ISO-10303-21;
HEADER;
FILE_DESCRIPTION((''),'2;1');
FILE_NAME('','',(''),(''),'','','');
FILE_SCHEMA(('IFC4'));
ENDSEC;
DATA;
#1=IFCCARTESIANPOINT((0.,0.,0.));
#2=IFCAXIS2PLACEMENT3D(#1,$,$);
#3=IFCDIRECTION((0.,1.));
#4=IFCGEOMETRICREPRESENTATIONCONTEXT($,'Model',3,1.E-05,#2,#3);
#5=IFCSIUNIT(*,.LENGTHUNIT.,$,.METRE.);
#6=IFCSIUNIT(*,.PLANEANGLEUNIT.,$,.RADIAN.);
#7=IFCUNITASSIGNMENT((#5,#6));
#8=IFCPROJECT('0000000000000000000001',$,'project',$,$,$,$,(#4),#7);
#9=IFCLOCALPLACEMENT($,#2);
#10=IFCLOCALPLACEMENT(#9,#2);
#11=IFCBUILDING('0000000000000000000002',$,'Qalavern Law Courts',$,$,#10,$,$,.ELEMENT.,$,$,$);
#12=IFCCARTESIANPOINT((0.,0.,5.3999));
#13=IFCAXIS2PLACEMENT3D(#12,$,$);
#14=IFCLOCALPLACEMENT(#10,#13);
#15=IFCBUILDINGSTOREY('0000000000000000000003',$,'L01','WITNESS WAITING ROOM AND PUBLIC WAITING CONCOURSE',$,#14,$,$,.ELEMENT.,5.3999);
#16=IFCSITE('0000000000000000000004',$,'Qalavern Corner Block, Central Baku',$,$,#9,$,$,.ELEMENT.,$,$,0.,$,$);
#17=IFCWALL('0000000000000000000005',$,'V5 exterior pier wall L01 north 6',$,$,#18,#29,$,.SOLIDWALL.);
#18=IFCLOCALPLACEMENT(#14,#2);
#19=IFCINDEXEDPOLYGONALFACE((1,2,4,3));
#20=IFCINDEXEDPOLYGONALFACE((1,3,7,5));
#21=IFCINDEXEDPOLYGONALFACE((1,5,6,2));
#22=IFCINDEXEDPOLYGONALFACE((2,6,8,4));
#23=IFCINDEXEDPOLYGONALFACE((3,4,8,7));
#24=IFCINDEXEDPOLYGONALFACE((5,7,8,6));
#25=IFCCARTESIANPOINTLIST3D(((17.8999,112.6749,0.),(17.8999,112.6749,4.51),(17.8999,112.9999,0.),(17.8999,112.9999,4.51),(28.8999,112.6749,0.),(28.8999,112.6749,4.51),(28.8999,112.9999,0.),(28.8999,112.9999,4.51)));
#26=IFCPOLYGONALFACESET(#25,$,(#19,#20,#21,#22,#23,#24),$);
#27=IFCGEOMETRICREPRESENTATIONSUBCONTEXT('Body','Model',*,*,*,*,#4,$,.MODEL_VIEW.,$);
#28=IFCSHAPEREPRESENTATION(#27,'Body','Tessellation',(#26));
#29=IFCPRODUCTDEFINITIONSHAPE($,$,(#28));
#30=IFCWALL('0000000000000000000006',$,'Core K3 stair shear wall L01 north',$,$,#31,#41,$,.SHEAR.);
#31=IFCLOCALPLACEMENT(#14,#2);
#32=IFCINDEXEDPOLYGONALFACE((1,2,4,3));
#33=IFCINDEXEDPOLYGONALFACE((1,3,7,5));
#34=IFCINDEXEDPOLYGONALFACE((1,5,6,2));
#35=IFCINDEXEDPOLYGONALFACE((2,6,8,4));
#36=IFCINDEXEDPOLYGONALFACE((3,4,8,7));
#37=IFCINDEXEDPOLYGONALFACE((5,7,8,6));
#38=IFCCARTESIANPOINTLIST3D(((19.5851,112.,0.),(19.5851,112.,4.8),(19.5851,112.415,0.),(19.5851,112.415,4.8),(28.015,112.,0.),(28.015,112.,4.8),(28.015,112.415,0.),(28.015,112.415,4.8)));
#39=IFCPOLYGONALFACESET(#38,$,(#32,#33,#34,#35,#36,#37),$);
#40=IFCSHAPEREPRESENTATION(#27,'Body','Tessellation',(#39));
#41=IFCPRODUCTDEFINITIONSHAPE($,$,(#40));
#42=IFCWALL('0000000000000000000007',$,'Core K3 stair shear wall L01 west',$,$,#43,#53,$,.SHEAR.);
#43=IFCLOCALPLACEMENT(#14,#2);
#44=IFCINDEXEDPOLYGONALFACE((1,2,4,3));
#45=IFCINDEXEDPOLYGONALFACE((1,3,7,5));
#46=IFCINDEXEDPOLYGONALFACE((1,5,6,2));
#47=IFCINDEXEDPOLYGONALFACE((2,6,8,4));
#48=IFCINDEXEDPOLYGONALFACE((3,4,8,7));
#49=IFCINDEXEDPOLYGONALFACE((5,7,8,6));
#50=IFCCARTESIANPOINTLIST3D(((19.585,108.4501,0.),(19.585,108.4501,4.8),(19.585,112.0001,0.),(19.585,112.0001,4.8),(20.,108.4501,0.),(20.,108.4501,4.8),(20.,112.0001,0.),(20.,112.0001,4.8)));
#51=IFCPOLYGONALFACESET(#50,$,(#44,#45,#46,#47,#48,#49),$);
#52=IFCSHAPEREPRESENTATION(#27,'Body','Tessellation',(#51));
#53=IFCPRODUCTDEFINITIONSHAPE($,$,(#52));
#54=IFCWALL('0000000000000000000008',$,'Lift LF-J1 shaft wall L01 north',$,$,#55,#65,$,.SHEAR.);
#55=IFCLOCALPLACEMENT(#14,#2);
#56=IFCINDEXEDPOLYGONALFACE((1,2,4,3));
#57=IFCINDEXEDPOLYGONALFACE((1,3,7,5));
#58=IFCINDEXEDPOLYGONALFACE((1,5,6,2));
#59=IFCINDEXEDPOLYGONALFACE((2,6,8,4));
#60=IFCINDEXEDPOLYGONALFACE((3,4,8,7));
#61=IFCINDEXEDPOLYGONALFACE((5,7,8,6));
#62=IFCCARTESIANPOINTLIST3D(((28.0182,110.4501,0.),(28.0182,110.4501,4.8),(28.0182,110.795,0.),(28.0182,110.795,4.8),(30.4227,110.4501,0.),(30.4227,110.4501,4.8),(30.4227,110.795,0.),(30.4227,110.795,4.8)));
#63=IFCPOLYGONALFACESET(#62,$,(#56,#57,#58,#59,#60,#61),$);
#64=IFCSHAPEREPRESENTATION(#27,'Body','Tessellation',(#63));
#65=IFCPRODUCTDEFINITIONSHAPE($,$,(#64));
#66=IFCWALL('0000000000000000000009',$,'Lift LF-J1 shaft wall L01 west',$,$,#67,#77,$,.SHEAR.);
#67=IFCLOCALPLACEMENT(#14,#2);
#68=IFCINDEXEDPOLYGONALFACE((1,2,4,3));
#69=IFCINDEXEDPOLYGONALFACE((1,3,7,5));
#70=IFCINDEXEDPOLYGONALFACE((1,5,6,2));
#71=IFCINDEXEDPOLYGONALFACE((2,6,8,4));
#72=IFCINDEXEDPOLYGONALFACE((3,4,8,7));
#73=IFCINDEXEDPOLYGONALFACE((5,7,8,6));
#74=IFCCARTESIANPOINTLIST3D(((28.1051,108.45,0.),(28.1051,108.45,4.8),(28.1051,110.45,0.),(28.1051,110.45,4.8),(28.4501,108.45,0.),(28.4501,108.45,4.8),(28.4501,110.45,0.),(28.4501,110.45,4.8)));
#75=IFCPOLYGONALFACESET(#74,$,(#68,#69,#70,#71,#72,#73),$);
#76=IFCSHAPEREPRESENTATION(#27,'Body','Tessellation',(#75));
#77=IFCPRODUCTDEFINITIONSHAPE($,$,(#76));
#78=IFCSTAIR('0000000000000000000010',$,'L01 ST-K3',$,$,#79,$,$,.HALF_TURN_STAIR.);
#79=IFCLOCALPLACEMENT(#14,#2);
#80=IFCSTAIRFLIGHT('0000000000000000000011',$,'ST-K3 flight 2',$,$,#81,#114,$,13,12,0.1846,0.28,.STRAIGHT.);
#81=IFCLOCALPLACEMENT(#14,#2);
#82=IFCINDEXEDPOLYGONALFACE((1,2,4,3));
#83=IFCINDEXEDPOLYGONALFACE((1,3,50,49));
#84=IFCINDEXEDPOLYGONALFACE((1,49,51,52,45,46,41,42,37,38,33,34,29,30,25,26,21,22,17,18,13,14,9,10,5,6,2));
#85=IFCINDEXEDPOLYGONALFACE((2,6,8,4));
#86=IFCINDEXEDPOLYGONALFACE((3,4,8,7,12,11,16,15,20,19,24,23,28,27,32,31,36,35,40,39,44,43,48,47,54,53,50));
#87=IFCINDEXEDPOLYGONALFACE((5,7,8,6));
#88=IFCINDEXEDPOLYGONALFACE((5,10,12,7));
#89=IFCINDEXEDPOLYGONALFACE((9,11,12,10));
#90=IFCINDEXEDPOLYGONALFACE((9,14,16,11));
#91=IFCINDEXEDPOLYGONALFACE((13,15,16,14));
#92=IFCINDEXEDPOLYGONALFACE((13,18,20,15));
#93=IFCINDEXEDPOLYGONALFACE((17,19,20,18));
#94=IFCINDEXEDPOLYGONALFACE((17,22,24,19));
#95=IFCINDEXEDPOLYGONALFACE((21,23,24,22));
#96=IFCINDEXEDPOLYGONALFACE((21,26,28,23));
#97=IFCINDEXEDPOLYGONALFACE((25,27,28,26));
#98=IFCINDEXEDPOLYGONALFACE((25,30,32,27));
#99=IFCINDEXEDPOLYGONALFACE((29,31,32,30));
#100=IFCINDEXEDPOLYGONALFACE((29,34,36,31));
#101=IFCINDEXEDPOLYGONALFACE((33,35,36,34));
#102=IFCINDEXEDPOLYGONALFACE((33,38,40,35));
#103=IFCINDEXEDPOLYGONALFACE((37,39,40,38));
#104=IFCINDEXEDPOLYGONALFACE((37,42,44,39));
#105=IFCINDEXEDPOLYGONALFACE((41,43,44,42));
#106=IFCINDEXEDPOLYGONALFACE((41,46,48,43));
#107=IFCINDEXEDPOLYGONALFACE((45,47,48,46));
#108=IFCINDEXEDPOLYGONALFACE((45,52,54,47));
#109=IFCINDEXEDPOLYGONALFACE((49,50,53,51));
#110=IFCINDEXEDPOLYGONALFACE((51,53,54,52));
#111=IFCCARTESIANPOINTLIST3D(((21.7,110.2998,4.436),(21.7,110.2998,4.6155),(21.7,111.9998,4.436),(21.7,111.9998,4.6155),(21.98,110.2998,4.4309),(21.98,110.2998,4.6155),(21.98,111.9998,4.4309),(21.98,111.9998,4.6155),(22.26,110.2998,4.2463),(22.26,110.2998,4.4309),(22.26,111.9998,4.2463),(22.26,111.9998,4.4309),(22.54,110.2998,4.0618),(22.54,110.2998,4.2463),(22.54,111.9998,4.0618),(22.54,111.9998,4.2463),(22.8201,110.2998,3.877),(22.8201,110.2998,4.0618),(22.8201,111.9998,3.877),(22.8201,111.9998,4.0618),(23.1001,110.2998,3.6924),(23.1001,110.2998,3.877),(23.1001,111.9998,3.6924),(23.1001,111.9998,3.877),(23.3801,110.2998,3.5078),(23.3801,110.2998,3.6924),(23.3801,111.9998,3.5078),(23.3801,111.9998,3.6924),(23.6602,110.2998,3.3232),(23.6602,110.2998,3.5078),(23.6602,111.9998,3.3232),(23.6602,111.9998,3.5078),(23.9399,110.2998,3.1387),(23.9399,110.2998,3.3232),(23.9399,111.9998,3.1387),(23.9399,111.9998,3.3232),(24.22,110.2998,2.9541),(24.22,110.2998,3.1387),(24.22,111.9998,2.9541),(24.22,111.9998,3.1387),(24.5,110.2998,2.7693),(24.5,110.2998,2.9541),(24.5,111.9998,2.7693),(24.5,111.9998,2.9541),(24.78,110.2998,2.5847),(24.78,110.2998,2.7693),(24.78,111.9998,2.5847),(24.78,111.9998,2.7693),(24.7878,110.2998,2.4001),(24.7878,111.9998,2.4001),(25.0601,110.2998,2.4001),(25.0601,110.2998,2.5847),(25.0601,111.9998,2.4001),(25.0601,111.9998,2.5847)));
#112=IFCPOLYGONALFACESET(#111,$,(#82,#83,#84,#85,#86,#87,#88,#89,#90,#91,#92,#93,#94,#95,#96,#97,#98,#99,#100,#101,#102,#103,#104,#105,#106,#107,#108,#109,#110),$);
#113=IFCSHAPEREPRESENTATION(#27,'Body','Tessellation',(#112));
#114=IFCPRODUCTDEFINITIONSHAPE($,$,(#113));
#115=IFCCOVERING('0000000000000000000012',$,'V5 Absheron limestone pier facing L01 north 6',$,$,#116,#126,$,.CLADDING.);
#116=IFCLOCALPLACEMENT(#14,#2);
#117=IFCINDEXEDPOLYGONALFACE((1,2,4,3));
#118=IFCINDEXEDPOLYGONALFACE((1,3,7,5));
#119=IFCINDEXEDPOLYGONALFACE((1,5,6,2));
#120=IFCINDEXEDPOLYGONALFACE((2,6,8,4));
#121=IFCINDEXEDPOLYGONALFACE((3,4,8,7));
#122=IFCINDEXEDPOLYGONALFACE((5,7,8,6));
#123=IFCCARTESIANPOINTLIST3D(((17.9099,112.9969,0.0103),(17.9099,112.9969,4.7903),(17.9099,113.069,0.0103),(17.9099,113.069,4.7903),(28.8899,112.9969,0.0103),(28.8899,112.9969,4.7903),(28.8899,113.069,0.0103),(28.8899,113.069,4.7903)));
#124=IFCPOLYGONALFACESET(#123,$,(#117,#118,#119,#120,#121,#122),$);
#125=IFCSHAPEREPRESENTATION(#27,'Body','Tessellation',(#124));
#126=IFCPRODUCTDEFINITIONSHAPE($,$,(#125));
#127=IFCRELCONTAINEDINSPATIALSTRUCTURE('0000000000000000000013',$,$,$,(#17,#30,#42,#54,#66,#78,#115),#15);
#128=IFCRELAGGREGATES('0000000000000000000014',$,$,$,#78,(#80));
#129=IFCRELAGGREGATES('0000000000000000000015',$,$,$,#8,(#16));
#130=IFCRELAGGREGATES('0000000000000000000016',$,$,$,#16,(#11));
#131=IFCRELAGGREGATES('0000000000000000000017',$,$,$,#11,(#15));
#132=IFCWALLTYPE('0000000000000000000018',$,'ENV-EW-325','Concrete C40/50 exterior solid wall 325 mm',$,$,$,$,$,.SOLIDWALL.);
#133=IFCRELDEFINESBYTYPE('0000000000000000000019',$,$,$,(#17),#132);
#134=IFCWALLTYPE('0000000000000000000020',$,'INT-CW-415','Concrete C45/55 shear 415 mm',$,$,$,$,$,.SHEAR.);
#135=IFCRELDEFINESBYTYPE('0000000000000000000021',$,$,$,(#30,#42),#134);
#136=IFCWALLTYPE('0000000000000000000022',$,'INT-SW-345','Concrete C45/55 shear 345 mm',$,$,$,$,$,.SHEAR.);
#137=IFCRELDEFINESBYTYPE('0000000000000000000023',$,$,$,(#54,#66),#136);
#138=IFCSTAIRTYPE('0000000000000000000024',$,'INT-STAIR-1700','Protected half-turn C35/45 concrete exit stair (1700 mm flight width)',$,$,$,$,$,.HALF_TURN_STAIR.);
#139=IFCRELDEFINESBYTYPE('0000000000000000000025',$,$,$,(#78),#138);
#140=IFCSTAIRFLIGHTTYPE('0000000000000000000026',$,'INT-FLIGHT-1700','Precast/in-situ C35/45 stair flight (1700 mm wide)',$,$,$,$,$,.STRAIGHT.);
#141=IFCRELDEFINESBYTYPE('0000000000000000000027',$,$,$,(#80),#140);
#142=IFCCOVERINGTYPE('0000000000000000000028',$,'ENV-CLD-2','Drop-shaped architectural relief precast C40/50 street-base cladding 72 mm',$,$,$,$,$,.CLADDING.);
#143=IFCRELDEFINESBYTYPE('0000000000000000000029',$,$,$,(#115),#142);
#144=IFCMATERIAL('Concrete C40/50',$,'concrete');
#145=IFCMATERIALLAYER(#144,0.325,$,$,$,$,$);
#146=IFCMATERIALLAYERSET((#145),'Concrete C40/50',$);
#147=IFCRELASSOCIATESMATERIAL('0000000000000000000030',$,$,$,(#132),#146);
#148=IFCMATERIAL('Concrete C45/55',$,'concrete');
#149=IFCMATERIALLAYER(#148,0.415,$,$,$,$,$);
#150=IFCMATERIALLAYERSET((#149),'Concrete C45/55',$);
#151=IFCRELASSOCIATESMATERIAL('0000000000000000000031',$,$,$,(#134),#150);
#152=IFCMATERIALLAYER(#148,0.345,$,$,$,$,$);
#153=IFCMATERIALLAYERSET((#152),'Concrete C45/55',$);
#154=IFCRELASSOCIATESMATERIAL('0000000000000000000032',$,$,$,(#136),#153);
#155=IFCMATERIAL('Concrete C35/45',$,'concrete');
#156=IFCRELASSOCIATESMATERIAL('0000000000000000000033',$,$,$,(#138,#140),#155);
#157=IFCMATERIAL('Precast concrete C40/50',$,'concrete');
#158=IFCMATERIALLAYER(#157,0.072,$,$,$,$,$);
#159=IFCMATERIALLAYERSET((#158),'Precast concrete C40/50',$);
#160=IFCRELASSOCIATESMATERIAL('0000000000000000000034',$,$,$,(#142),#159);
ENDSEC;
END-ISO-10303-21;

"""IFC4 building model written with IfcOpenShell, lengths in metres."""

from ifc_helpers import new_model, si_unit, direction, frame, frame_2d, origin, origin_2d, place, context, subcontext, project, spatial, polyline, rectangle, outline, extrude, material, layer, layer_set, type_object, element, aggregate, save


model = new_model("IFC4")

# Units and contexts
model_context = context("Model", 3, precision=1e-05, world=origin(), true_north=direction((0.0, 1.0)))
body_context = subcontext(model_context, "Body", "Model", "MODEL_VIEW")
ifc_project = project(units=[si_unit("LENGTHUNIT", "METRE"), si_unit("PLANEANGLEUNIT", "RADIAN")], contexts=[model_context])

# Site, building, storey
site_placement = place(None, origin())
site = spatial("IfcSite", under=ifc_project, at=site_placement, Name="Qalavern Corner Block, Central Baku", CompositionType="ELEMENT", RefElevation=0.0)
building_placement = place(site_placement, origin())
building = spatial("IfcBuilding", under=site, at=building_placement, Name="Qalavern Law Courts", CompositionType="ELEMENT")
storey_placement = place(building_placement, frame((0.0, 0.0, 5.3999)))
storey = spatial("IfcBuildingStorey", under=building, at=storey_placement, Name="L01", Description="WITNESS WAITING ROOM AND PUBLIC WAITING CONCOURSE", CompositionType="ELEMENT", Elevation=5.3999)

# Shared definitions
ifc_material_1 = material(Name="Concrete C45/55", Category="concrete")

# Shared definitions
ifc_material_2 = material(Name="Concrete C40/50", Category="concrete")

# Walls
ifc_layer_1 = layer(ifc_material_2, 0.325)
ifc_layer_set_1 = layer_set([ifc_layer_1], Name="Concrete C40/50")
wall_type_1 = type_object("IfcWallType", Name="ENV-EW-325", Description="Concrete C40/50 exterior solid wall 325 mm", PredefinedType="SOLIDWALL", material=ifc_layer_set_1)
wall_1_placement = place(storey_placement, frame((28.8999, 112.8374, 0.0), z_axis=(0.0, 0.0, 1.0), x_axis=(-1.0, 0.0, 0.0)))
element("IfcWall", 1, at=wall_1_placement, inside=storey, type_object=wall_type_1, Name="V5 exterior pier wall L01 north 6", PredefinedType="SOLIDWALL", context=body_context, shape_type="SweptSolid", body=[
    extrude(rectangle(XDim=11.0, YDim=0.325, at=frame_2d((5.5, 0.0))), origin(), (0.0, 0.0, 1.0), 4.51),
])
ifc_layer_2 = layer(ifc_material_1, 0.415)
ifc_layer_set_2 = layer_set([ifc_layer_2], Name="Concrete C45/55")
wall_type_2 = type_object("IfcWallType", Name="INT-CW-415", Description="Concrete C45/55 shear 415 mm", PredefinedType="SHEAR", material=ifc_layer_set_2)
wall_2_placement = place(storey_placement, frame((28.0149, 112.2075, 0.0), z_axis=(0.0, 0.0, 1.0), x_axis=(-1.0, 0.0, 0.0)))
element("IfcWall", 2, at=wall_2_placement, inside=storey, type_object=wall_type_2, Name="Core K3 stair shear wall L01 north", PredefinedType="SHEAR", context=body_context, shape_type="SweptSolid", body=[
    extrude(rectangle(XDim=8.4299, YDim=0.415, at=frame_2d((4.2148, 0.0))), origin(), (0.0, 0.0, 1.0), 4.8),
])
wall_3_placement = place(storey_placement, frame((19.7925, 112.0, 0.0), z_axis=(0.0, 0.0, 1.0), x_axis=(0.0, -1.0, 0.0)))
element("IfcWall", 3, at=wall_3_placement, inside=storey, type_object=wall_type_2, Name="Core K3 stair shear wall L01 west", PredefinedType="SHEAR", context=body_context, shape_type="SweptSolid", body=[
    extrude(rectangle(XDim=3.55, YDim=0.415, at=frame_2d((1.7749, 0.0))), origin(), (0.0, 0.0, 1.0), 4.8),
])
ifc_layer_3 = layer(ifc_material_1, 0.345)
ifc_layer_set_3 = layer_set([ifc_layer_3], Name="Concrete C45/55")
wall_type_3 = type_object("IfcWallType", Name="INT-SW-345", Description="Concrete C45/55 shear 345 mm", PredefinedType="SHEAR", material=ifc_layer_set_3)
wall_4_placement = place(storey_placement, frame((30.4226, 110.6226, 0.0), z_axis=(0.0, 0.0, 1.0), x_axis=(-1.0, 0.0, 0.0)))
element("IfcWall", 4, at=wall_4_placement, inside=storey, type_object=wall_type_3, Name="Lift LF-J1 shaft wall L01 north", PredefinedType="SHEAR", context=body_context, shape_type="SweptSolid", body=[
    extrude(rectangle(XDim=2.4045, YDim=0.345, at=frame_2d((1.2021, 0.0))), origin(), (0.0, 0.0, 1.0), 4.8),
])
wall_5_placement = place(storey_placement, frame((28.2776, 110.45, 0.0), z_axis=(0.0, 0.0, 1.0), x_axis=(0.0, -1.0, 0.0)))
element("IfcWall", 5, at=wall_5_placement, inside=storey, type_object=wall_type_3, Name="Lift LF-J1 shaft wall L01 west", PredefinedType="SHEAR", context=body_context, shape_type="SweptSolid", body=[
    extrude(rectangle(XDim=2.0, YDim=0.345, at=frame_2d((1.0, 0.0))), origin(), (0.0, 0.0, 1.0), 4.8),
])

# Stair, stair flight
ifc_material_3 = material(Name="Concrete C35/45", Category="concrete")
stair_type = type_object("IfcStairType", Name="INT-STAIR-1700", Description="Protected half-turn C35/45 concrete exit stair (1700 mm flight width)", PredefinedType="HALF_TURN_STAIR", material=ifc_material_3)
stair_placement = place(storey_placement, origin())
stair = element("IfcStair", 6, at=stair_placement, inside=storey, type_object=stair_type, Name="L01 ST-K3", PredefinedType="HALF_TURN_STAIR")
stair_flight_type = type_object("IfcStairFlightType", Name="INT-FLIGHT-1700", Description="Precast/in-situ C35/45 stair flight (1700 mm wide)", PredefinedType="STRAIGHT", material=ifc_material_3)
stair_flight_placement = place(storey_placement, frame((25.0601, 111.1499, 2.4001), z_axis=(0.0, 0.0, 1.0), x_axis=(-1.0, 0.0, 0.0)))
stair_flight = element("IfcStairFlight", 7, at=stair_flight_placement, type_object=stair_flight_type, Name="ST-K3 flight 2", NumberOfRisers=13, NumberOfTreads=12, PredefinedType="STRAIGHT", RiserHeight=0.1846, TreadLength=0.28, context=body_context, shape_type="SweptSolid", body=[
    extrude(outline(polyline([(0.0, 0.0), (0.0, 0.1846), (0.28, 0.1846), (0.28, 0.3691), (0.5601, 0.3691), (0.5601, 0.554), (0.8401, 0.554), (0.8401, 0.7385), (1.1201, 0.7385), (1.1201, 0.9231), (1.3999, 0.9231), (1.3999, 1.1077), (1.6799, 1.1077), (1.6799, 1.2922), (1.96, 1.2922), (1.96, 1.4768), (2.24, 1.4768), (2.24, 1.6616), (2.52, 1.6616), (2.52, 1.8462), (2.8, 1.8462), (2.8, 2.0308), (3.0801, 2.0308), (3.0801, 2.2153), (3.3601, 2.2153), (3.3601, 2.3999), (3.3601, 2.0359), (0.2722, 0.0), (0.0, 0.0)])), frame((0.0, 0.8501, 0.0), z_axis=(0.0, -1.0, 0.0), x_axis=(1.0, 0.0, 0.0)), (0.0, 0.0, 1.0), 1.7),
])
aggregate(stair, [stair_flight])

# Covering
ifc_material_4 = material(Name="Precast concrete C40/50", Category="concrete")
ifc_layer_4 = layer(ifc_material_4, 0.072)
ifc_layer_set_4 = layer_set([ifc_layer_4], Name="Precast concrete C40/50")
covering_type = type_object("IfcCoveringType", Name="ENV-CLD-2", Description="Drop-shaped architectural relief precast C40/50 street-base cladding 72 mm", PredefinedType="CLADDING", material=ifc_layer_set_4)
covering_placement = place(storey_placement, frame((23.3999, 113.033, 0.0103), z_axis=(0.0, 0.0, 1.0), x_axis=(-1.0, 0.0, 0.0)))
element("IfcCovering", 8, at=covering_placement, inside=storey, type_object=covering_type, Name="V5 Absheron limestone pier facing L01 north 6", PredefinedType="CLADDING", context=body_context, shape_type="SweptSolid", body=[
    extrude(rectangle(XDim=10.98, YDim=0.072, at=origin_2d()), origin(), (0.0, 0.0, 1.0), 4.78),
])

save(model, "model.ifc")
